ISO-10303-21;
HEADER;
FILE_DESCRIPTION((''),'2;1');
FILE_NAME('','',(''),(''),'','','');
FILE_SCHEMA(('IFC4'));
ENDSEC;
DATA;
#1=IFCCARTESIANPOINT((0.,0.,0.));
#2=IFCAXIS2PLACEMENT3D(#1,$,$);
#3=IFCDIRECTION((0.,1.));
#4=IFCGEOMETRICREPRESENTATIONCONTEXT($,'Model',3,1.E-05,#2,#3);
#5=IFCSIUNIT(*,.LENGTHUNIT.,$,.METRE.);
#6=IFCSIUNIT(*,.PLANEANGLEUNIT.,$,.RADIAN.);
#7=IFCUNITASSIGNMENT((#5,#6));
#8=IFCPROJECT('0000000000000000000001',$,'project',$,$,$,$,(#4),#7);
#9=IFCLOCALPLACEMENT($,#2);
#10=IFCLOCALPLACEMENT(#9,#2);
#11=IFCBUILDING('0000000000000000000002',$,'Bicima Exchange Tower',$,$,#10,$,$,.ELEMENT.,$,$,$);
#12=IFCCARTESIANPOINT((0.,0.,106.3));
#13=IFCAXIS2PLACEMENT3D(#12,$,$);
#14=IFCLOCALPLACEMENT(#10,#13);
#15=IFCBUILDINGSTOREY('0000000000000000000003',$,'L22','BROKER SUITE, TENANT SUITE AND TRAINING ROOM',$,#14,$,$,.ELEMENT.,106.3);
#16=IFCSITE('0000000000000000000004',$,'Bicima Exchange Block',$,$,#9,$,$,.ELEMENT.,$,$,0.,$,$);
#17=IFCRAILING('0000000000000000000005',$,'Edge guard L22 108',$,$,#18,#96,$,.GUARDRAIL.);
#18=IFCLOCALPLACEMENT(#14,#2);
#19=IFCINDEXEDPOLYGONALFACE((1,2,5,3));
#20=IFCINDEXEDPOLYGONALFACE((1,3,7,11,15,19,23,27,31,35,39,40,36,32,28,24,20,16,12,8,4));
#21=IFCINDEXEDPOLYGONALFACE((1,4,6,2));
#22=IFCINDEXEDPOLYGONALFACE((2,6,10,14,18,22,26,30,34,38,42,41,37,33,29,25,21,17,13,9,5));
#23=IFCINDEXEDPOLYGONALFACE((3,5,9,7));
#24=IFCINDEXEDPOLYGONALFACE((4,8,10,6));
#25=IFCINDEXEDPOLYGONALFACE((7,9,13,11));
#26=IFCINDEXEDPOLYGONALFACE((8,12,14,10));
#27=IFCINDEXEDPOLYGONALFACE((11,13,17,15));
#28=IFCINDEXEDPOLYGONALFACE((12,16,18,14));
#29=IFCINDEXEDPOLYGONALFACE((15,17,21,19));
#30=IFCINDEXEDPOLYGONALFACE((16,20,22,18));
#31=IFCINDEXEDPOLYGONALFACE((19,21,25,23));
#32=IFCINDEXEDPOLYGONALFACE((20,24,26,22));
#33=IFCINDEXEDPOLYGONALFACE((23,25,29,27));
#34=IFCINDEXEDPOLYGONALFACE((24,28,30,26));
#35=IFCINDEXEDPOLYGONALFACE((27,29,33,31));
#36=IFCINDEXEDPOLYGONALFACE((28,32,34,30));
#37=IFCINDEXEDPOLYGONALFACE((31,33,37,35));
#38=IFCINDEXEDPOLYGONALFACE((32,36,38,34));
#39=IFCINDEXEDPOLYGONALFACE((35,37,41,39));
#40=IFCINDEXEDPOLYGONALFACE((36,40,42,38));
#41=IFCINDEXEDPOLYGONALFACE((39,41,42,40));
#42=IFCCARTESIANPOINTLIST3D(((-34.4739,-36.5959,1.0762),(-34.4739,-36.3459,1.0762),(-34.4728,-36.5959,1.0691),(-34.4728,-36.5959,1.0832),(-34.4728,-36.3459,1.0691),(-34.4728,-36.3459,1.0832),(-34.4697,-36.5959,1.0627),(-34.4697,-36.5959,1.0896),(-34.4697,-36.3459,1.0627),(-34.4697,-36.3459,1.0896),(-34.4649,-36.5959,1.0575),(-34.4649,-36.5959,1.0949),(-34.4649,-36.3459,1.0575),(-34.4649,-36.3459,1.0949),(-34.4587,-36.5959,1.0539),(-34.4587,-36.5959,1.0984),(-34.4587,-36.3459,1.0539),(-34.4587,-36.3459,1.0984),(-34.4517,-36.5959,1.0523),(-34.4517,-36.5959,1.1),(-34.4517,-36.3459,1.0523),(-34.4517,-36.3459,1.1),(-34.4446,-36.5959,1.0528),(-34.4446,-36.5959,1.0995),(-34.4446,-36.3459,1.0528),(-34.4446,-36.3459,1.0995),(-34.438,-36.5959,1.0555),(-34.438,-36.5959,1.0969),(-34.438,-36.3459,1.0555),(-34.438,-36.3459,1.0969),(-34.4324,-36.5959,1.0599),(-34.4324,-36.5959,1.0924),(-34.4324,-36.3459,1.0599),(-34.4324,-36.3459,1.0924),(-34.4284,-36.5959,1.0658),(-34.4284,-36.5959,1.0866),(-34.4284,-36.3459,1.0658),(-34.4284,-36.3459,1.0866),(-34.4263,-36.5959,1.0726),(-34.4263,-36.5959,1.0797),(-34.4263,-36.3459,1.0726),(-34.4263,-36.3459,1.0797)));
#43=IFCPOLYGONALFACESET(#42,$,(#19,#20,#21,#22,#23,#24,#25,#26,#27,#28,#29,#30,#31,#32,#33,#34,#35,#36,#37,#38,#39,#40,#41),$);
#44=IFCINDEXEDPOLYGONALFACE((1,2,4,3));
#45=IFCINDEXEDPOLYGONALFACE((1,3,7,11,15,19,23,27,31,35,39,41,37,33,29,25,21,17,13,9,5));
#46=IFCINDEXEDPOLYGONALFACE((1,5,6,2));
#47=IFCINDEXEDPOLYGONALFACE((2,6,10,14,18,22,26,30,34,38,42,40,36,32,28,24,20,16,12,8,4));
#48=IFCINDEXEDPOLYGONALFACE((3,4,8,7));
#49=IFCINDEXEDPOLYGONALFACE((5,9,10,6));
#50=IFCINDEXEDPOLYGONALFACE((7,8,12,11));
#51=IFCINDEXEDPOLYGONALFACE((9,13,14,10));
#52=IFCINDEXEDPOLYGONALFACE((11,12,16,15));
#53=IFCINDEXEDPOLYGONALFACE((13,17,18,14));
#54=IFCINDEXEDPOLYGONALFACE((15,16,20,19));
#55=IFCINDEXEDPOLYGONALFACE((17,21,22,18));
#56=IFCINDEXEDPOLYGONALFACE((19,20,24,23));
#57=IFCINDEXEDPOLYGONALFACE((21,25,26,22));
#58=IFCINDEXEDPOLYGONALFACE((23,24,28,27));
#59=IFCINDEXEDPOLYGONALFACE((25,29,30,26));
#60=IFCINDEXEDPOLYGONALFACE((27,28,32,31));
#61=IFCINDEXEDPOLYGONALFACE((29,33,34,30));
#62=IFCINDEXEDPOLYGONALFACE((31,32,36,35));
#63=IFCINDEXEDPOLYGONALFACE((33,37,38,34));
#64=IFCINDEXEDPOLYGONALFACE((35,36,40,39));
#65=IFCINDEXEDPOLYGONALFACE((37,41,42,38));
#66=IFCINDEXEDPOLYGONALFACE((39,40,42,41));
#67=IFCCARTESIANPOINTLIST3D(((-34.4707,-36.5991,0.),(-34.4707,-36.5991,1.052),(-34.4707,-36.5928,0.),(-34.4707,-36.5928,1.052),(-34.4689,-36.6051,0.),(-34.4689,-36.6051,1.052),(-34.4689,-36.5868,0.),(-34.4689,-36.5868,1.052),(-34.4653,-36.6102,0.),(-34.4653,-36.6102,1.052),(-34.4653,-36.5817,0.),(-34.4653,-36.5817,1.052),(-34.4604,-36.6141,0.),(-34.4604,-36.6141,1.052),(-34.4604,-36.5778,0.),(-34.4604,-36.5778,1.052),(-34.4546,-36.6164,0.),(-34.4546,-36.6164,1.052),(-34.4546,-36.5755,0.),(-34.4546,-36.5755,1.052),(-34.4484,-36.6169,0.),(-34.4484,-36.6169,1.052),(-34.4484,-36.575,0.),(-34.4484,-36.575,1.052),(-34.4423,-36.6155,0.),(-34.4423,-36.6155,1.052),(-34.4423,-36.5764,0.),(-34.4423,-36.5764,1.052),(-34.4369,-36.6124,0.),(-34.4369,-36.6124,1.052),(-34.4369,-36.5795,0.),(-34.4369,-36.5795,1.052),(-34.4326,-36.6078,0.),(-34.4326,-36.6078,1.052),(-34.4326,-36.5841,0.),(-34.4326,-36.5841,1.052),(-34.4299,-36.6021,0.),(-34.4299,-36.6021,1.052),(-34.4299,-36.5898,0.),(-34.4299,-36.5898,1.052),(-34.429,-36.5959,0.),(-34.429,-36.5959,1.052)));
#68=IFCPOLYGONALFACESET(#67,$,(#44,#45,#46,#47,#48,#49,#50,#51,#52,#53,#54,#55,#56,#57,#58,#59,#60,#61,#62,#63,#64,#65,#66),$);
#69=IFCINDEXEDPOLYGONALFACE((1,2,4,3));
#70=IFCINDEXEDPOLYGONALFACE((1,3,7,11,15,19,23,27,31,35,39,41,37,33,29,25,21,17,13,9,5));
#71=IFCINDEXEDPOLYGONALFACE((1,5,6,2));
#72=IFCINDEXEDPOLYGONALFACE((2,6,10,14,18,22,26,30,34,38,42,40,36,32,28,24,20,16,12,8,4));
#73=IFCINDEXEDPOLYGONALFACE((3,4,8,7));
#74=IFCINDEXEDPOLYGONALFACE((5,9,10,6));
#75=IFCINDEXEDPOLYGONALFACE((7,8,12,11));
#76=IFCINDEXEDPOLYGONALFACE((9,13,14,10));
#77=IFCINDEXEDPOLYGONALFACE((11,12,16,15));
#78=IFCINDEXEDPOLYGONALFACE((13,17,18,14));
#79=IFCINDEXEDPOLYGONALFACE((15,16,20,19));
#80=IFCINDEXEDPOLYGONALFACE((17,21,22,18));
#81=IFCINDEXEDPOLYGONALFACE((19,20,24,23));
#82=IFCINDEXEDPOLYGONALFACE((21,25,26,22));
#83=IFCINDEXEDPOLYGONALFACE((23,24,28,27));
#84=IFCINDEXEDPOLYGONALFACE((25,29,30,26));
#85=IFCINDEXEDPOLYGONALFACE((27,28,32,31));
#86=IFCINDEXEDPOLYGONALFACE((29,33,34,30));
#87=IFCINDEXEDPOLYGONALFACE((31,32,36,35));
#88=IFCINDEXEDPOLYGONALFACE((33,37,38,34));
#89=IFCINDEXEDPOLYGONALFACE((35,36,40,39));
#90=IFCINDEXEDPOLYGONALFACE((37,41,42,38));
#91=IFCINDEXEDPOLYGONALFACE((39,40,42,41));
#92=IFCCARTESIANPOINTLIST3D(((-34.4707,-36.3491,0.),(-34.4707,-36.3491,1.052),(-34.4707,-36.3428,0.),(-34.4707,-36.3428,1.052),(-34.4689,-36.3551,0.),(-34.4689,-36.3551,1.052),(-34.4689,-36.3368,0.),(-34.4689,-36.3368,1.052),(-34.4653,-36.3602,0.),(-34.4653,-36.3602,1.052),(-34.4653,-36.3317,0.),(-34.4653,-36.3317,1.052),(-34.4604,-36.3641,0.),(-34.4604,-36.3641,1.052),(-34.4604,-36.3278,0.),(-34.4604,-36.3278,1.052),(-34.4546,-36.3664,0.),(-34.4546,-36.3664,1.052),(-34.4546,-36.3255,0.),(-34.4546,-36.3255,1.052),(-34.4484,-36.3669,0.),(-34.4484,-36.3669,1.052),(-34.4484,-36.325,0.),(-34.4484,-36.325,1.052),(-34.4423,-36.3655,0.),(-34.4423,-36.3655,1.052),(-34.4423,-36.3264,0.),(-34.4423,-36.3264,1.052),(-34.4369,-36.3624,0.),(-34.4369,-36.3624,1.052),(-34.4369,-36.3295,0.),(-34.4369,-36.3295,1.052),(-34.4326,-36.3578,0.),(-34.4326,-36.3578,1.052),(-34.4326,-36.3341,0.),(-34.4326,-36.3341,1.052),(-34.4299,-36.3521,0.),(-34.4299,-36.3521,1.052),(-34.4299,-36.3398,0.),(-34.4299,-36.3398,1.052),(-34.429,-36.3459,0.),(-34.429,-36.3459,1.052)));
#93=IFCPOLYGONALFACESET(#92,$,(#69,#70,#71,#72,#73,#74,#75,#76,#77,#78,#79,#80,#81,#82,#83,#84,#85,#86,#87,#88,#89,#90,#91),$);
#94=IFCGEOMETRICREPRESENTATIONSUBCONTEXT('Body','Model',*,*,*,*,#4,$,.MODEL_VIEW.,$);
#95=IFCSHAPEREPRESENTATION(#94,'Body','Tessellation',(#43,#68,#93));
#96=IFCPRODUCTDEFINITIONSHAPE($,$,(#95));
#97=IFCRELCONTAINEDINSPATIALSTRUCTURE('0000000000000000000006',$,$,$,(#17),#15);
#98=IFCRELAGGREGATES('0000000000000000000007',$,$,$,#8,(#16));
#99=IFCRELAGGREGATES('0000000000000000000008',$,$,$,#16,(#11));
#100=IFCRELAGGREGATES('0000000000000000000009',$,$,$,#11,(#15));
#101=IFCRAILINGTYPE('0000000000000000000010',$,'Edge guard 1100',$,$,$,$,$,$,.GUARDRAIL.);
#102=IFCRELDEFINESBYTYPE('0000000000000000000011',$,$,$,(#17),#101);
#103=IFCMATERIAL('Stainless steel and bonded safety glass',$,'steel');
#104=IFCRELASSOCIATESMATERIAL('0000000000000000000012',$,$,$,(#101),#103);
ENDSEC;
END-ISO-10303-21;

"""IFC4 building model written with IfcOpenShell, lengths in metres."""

from ifc_helpers import new_model, si_unit, direction, frame, origin, origin_2d, place, context, subcontext, project, spatial, circle, extrude, material, type_object, element, save


model = new_model("IFC4")

# Units and contexts
model_context = context("Model", 3, precision=1e-05, world=origin(), true_north=direction((0.0, 1.0)))
body_context = subcontext(model_context, "Body", "Model", "MODEL_VIEW")
ifc_project = project(units=[si_unit("LENGTHUNIT", "METRE"), si_unit("PLANEANGLEUNIT", "RADIAN")], contexts=[model_context])

# Site, building, storey
site_placement = place(None, origin())
site = spatial("IfcSite", under=ifc_project, at=site_placement, Name="Bicima Exchange Block", CompositionType="ELEMENT", RefElevation=0.0)
building_placement = place(site_placement, origin())
building = spatial("IfcBuilding", under=site, at=building_placement, Name="Bicima Exchange Tower", CompositionType="ELEMENT")
storey_placement = place(building_placement, frame((0.0, 0.0, 106.3)))
storey = spatial("IfcBuildingStorey", under=building, at=storey_placement, Name="L22", Description="BROKER SUITE, TENANT SUITE AND TRAINING ROOM", CompositionType="ELEMENT", Elevation=106.3)

# Railing
ifc_material_1 = material(Name="Stainless steel and bonded safety glass", Category="steel")
railing_type = type_object("IfcRailingType", Name="Edge guard 1100", PredefinedType="GUARDRAIL", material=ifc_material_1)
railing_1_placement = place(storey_placement, frame((-34.45, -36.5959, 0.0)))
element("IfcRailing", 1, at=railing_1_placement, inside=storey, type_object=railing_type, Name="Edge guard L22 108", PredefinedType="GUARDRAIL", context=body_context, shape_type="SweptSolid", body=[
    extrude(circle(Radius=0.0239, at=origin_2d()), frame((0.0, 0.0, 1.0762), z_axis=(0.0, 1.0, 0.0), x_axis=(-1.0, 0.0, 0.0)), (0.0, 0.0, 1.0), 0.25),
    extrude(circle(Radius=0.021, at=origin_2d()), origin(), (0.0, 0.0, 1.0), 1.052),
    extrude(circle(Radius=0.021, at=origin_2d()), frame((0.0, 0.25, 0.0)), (0.0, 0.0, 1.0), 1.052),
])

save(model, "model.ifc")
